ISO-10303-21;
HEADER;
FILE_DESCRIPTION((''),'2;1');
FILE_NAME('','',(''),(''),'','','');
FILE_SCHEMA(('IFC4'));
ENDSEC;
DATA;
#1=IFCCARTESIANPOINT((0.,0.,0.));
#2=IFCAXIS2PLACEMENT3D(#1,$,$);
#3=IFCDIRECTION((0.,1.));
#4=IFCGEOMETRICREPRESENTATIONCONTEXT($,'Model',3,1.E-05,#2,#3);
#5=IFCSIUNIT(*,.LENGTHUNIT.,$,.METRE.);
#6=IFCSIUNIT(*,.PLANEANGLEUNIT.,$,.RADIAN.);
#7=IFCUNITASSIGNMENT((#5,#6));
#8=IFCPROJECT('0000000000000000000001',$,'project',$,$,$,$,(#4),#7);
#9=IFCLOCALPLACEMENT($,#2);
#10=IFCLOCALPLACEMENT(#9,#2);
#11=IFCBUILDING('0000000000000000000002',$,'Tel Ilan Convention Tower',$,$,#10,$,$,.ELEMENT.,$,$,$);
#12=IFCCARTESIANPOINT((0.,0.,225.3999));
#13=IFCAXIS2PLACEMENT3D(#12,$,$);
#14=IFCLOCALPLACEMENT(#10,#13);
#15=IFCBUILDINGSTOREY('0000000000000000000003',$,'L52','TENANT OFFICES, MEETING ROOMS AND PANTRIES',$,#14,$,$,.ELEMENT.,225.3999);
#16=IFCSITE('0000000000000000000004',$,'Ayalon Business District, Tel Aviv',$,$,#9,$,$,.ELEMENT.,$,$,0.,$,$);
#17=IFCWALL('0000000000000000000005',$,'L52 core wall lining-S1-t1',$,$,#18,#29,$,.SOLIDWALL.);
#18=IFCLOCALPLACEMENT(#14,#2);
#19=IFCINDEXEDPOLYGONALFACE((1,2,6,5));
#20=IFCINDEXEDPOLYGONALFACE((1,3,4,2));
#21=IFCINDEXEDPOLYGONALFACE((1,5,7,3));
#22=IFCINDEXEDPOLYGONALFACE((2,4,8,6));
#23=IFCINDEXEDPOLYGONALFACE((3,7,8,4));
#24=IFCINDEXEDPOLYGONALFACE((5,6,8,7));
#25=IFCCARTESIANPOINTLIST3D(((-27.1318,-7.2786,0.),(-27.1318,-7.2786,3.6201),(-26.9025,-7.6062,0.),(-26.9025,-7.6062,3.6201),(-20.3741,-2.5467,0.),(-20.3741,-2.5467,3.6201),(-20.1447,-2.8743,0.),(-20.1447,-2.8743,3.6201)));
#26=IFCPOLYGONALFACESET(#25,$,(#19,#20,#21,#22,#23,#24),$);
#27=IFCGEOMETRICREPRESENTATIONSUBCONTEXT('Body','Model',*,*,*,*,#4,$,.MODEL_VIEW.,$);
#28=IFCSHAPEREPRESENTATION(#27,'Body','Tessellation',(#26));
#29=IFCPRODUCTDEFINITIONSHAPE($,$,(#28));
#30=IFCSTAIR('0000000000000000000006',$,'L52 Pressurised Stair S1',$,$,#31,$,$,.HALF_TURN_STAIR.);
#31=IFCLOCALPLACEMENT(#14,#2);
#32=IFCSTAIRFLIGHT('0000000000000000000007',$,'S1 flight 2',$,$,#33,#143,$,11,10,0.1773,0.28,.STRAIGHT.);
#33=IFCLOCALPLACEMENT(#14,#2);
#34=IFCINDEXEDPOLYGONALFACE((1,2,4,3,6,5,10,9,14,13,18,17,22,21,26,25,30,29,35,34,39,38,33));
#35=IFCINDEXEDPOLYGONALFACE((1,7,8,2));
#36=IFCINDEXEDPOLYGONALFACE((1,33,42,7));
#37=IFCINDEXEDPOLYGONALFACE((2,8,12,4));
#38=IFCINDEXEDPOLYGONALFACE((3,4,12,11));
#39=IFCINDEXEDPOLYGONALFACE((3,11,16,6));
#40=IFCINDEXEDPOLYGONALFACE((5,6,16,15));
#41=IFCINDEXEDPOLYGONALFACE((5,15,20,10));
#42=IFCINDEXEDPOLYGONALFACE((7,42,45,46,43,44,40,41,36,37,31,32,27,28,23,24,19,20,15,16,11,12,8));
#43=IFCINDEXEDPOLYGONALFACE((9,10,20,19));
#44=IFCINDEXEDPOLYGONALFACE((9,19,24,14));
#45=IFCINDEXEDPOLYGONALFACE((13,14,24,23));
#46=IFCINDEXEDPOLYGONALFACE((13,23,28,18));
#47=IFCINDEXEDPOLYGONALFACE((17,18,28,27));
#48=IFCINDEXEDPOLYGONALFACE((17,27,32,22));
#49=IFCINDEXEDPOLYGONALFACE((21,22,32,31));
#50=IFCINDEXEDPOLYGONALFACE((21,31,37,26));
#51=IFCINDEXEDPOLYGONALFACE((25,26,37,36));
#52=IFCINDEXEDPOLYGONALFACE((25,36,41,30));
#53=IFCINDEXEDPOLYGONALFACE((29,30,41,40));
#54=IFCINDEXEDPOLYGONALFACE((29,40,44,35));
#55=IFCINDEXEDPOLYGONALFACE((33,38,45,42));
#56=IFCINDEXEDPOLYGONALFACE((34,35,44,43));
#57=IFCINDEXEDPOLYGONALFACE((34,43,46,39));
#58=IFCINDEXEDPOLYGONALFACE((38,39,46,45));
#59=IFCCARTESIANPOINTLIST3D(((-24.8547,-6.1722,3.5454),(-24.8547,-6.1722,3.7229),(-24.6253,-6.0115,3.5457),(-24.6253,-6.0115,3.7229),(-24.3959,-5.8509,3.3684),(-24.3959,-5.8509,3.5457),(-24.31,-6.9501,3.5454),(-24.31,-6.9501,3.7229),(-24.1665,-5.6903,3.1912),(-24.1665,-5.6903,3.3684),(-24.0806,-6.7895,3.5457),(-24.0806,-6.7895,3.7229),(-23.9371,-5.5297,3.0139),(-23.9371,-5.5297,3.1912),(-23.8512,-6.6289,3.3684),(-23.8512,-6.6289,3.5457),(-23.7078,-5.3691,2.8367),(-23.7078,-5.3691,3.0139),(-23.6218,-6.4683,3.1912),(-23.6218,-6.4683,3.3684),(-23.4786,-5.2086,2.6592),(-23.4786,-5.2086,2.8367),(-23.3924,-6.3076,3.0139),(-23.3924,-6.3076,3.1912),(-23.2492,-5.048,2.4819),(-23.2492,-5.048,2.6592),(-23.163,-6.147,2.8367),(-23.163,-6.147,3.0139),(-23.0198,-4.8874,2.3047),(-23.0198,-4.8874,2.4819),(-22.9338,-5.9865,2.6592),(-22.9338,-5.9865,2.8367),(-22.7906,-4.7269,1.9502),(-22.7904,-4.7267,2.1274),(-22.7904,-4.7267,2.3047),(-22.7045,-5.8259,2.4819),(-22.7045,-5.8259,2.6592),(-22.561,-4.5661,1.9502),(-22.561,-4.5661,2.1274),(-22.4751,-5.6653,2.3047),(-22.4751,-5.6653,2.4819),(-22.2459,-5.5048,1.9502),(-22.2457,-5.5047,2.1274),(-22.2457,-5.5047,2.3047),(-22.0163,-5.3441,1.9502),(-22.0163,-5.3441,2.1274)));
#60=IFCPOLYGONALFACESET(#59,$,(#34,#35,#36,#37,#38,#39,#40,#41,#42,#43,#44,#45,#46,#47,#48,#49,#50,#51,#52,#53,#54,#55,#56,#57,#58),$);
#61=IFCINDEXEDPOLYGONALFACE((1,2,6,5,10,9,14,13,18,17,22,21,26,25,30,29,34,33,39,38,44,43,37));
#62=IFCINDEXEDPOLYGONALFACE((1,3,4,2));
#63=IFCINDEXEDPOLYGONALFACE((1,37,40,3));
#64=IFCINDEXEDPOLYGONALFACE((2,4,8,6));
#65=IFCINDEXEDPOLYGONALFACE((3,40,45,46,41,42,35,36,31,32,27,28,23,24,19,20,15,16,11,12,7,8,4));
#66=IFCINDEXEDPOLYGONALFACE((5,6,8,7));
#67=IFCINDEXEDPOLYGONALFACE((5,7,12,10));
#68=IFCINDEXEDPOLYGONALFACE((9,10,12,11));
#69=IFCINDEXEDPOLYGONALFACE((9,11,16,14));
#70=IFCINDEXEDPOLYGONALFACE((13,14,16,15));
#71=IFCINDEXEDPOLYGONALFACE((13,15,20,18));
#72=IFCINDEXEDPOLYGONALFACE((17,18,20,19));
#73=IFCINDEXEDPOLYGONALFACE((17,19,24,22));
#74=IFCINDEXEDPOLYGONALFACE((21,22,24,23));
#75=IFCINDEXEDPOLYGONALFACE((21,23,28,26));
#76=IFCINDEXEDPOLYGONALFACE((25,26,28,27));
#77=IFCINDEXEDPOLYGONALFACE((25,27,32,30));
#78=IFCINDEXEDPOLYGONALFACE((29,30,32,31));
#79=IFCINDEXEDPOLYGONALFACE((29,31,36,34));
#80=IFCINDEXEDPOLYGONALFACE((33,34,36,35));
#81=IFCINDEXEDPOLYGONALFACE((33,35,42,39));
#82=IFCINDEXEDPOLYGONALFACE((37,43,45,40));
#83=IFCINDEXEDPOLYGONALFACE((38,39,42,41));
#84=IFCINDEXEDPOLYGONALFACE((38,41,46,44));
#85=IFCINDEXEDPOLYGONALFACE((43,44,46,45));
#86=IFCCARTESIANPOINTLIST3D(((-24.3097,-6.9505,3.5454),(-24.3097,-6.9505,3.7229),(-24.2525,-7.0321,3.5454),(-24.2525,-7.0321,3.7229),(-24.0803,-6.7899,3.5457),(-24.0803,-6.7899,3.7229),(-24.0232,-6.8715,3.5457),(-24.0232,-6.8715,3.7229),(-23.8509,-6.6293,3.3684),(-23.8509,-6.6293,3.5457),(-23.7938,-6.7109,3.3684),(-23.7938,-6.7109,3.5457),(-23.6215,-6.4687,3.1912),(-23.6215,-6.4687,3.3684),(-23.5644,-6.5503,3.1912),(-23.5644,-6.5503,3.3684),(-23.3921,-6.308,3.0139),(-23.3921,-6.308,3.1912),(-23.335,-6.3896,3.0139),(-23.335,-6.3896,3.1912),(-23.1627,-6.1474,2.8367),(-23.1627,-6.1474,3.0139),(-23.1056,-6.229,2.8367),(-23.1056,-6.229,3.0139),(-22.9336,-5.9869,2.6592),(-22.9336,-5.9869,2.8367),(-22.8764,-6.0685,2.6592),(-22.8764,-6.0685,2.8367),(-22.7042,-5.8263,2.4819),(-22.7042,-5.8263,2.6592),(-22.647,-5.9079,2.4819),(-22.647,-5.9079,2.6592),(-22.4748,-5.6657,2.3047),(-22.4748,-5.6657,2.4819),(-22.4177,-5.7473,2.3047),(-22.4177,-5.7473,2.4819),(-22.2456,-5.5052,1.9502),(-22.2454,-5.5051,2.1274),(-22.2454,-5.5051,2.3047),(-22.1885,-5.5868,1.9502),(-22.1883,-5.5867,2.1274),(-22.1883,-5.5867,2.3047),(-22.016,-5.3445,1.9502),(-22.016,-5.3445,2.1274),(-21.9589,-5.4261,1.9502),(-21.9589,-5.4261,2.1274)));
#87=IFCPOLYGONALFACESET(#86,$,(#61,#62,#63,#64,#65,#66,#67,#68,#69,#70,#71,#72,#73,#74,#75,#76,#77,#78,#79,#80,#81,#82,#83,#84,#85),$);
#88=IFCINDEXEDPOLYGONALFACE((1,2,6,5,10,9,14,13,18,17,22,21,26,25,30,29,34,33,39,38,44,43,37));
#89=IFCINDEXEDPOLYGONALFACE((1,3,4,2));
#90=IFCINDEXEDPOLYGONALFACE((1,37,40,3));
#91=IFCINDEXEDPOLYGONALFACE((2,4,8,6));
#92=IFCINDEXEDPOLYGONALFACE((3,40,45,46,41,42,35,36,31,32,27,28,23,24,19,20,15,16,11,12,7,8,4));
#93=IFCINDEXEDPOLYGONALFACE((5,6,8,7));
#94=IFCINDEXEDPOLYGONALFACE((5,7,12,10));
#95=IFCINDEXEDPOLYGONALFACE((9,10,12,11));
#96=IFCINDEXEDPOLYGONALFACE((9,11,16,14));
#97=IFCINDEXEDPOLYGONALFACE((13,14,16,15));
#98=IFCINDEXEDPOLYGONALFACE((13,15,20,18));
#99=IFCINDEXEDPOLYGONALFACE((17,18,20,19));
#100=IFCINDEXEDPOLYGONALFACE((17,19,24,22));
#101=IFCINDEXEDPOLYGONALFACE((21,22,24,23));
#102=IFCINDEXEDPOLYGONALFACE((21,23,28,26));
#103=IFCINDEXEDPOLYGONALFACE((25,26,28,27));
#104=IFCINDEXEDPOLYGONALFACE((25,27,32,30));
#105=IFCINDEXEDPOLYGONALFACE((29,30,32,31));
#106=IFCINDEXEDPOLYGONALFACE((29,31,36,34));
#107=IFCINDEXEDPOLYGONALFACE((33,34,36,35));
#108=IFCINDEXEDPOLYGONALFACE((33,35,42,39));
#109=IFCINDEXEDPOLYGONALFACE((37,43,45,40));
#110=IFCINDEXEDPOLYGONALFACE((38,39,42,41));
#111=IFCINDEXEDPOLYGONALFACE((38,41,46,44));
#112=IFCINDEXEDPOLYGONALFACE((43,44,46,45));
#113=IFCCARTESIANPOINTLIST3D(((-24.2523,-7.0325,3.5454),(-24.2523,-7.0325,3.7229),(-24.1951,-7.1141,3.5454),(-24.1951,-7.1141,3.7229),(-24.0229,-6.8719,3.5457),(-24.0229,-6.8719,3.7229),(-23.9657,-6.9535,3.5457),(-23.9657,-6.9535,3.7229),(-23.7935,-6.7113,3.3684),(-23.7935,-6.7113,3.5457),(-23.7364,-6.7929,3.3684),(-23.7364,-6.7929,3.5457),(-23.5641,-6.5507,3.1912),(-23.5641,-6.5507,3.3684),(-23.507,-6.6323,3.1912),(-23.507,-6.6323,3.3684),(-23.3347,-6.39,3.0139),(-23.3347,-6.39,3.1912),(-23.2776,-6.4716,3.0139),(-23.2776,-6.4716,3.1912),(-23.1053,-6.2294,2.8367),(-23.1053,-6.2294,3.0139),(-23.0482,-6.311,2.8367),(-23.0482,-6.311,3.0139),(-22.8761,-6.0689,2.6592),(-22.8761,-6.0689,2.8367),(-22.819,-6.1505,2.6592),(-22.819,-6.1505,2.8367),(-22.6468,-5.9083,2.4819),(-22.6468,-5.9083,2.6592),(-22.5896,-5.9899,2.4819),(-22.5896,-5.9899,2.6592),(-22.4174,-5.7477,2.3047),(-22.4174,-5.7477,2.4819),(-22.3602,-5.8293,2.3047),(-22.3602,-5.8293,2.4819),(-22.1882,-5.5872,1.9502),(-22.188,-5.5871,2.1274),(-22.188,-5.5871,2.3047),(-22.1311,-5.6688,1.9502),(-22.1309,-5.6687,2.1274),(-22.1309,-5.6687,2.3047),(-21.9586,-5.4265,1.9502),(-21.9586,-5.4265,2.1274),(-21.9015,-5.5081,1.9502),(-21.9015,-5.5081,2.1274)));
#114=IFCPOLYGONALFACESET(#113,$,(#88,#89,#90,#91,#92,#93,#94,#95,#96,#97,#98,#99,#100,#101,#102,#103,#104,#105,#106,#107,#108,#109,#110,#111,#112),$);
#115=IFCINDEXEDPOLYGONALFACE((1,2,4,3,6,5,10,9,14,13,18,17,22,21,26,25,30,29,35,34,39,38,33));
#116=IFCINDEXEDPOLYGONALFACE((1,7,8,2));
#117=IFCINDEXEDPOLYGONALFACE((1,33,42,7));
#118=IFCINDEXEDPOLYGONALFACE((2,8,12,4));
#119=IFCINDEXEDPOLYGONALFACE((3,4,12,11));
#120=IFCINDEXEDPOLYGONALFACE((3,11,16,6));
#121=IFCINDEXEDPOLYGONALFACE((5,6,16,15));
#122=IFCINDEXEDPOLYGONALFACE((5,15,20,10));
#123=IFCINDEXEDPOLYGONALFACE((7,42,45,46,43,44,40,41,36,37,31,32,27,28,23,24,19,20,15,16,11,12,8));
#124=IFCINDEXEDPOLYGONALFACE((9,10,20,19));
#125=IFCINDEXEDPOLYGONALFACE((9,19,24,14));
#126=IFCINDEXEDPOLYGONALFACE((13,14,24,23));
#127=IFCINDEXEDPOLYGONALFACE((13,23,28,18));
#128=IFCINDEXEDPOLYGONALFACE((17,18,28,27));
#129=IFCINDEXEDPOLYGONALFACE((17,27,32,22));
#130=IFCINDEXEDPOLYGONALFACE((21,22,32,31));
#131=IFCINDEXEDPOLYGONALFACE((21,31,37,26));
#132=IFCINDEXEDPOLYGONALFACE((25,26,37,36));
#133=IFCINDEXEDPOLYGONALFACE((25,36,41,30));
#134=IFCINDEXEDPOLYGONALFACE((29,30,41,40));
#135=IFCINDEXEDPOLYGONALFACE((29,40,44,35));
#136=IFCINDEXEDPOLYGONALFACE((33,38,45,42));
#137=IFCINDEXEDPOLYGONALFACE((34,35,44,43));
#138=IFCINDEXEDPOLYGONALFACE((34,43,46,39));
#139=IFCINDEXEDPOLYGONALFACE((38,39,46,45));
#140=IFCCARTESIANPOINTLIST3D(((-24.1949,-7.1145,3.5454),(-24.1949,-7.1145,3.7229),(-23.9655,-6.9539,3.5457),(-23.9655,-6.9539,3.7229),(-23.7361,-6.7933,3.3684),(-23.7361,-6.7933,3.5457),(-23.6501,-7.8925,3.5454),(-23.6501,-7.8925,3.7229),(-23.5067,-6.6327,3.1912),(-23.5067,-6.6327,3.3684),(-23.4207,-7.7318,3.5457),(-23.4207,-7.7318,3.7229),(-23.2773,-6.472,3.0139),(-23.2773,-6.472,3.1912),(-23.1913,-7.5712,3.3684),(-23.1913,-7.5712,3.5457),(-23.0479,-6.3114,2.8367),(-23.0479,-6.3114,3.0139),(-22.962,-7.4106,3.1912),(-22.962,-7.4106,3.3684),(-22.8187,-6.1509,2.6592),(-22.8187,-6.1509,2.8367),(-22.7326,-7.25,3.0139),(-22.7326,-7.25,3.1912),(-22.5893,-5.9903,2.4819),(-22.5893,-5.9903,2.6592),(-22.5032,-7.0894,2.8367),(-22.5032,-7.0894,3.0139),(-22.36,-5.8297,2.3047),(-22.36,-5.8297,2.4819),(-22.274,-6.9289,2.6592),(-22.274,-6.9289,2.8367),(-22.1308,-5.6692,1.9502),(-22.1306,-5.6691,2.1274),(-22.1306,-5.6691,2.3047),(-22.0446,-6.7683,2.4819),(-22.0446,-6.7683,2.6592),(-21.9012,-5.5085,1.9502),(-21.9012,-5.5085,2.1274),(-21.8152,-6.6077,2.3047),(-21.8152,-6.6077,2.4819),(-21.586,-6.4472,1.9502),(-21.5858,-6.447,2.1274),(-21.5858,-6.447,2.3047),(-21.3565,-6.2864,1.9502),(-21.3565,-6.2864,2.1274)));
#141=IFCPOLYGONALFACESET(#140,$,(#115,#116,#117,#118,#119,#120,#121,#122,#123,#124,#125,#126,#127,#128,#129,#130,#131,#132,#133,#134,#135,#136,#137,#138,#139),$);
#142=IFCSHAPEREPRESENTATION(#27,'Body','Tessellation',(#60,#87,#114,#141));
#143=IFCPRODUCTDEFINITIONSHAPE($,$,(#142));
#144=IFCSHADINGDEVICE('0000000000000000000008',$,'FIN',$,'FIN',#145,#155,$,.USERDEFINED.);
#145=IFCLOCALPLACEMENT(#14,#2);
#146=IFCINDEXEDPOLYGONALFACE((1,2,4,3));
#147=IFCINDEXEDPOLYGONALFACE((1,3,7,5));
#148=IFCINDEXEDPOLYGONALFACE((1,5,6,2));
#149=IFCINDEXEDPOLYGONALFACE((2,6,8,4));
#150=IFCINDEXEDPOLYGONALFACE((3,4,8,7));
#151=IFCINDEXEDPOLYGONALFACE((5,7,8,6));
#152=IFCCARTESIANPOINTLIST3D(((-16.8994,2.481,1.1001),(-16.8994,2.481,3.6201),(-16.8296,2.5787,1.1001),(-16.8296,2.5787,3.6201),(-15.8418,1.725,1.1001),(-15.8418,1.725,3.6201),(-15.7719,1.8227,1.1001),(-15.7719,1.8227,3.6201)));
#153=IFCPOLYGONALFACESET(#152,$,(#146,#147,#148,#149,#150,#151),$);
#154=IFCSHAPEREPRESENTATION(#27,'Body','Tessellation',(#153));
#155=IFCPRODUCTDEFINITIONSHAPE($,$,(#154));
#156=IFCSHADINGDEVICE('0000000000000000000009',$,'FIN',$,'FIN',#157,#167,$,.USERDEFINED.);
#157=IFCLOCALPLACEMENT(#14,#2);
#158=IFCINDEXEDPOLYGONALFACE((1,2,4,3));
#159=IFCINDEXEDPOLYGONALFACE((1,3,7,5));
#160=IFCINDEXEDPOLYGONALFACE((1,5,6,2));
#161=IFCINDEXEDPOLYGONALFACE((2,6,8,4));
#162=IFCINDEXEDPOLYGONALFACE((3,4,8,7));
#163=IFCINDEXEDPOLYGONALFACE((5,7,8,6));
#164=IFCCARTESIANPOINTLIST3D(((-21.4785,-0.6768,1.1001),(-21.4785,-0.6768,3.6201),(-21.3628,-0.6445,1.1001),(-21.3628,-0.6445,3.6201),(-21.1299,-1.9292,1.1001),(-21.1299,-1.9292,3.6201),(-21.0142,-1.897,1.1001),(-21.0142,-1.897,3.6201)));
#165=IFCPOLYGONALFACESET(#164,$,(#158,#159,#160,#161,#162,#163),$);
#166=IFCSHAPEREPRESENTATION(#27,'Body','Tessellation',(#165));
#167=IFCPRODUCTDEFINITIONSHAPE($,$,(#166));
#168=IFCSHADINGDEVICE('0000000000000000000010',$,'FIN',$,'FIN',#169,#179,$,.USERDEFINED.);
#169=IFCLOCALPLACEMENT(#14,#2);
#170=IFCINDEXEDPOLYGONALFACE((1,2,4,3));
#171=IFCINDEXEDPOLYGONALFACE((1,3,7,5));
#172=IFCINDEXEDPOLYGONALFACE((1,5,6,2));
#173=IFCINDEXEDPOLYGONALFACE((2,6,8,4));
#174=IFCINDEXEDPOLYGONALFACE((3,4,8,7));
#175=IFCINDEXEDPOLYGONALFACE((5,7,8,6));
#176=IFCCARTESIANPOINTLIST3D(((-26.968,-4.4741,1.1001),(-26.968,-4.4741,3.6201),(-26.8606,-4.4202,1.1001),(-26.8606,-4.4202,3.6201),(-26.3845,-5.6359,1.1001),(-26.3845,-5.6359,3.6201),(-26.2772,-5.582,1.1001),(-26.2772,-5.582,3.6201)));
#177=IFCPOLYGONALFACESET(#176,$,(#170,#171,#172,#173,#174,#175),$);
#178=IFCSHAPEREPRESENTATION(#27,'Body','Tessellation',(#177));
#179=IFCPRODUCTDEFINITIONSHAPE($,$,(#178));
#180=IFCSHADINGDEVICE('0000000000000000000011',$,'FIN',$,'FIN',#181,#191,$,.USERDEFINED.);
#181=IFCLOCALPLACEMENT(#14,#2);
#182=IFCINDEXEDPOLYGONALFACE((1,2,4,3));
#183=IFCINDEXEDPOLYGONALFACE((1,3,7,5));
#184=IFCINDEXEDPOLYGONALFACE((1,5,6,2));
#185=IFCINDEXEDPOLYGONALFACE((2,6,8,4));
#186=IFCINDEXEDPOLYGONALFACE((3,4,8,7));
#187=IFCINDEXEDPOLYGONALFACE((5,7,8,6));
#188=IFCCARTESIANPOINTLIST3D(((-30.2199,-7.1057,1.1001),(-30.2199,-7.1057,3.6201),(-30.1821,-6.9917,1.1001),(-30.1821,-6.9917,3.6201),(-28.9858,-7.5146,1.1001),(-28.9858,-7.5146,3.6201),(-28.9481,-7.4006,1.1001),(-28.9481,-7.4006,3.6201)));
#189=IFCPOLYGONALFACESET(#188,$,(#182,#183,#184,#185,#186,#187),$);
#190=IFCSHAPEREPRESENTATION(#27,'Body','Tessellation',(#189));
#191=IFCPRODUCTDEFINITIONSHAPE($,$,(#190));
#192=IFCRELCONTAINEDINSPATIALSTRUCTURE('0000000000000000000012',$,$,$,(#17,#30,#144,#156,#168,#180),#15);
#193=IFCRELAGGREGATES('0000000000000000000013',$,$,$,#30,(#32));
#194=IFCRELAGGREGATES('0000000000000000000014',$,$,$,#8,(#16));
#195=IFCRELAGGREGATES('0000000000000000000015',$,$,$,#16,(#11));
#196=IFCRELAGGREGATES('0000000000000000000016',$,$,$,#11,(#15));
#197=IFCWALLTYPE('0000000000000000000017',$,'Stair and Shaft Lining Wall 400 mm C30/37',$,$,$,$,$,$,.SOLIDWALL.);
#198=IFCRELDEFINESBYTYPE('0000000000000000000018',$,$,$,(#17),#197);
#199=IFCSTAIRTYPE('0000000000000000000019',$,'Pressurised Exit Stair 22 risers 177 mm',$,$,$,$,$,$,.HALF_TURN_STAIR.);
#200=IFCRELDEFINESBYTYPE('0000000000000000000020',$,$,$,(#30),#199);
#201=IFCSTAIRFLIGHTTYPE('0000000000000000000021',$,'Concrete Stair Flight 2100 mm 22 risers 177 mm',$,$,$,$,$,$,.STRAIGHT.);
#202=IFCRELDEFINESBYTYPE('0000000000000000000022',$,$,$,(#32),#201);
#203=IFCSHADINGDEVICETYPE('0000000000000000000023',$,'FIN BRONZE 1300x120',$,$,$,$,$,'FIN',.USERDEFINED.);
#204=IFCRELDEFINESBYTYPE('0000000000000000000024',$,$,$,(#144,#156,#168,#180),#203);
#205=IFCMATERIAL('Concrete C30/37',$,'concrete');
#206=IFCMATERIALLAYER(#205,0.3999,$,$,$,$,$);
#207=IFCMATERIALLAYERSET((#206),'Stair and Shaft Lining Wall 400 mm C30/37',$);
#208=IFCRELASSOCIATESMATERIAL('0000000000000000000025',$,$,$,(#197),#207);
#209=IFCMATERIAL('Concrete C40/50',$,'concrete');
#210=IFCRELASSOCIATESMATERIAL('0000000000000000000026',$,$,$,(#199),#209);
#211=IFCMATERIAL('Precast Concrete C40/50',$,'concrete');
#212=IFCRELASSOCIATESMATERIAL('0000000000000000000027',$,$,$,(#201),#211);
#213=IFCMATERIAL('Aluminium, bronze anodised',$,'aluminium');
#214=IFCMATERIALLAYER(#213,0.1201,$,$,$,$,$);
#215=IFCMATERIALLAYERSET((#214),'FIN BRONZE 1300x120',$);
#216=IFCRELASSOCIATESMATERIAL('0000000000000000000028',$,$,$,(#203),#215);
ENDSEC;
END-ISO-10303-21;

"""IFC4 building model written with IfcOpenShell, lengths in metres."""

from ifc_helpers import new_model, si_unit, direction, frame, frame_2d, origin, origin_2d, place, context, subcontext, project, spatial, polyline, rectangle, outline, extrude, material, layer, layer_set, type_object, element, aggregate, save


model = new_model("IFC4")

# Units and contexts
model_context = context("Model", 3, precision=1e-05, world=origin(), true_north=direction((0.0, 1.0)))
body_context = subcontext(model_context, "Body", "Model", "MODEL_VIEW")
ifc_project = project(units=[si_unit("LENGTHUNIT", "METRE"), si_unit("PLANEANGLEUNIT", "RADIAN")], contexts=[model_context])

# Site, building, storey
site_placement = place(None, origin())
site = spatial("IfcSite", under=ifc_project, at=site_placement, Name="Ayalon Business District, Tel Aviv", CompositionType="ELEMENT", RefElevation=0.0)
building_placement = place(site_placement, origin())
building = spatial("IfcBuilding", under=site, at=building_placement, Name="Tel Ilan Convention Tower", CompositionType="ELEMENT")
storey_placement = place(building_placement, frame((0.0, 0.0, 225.3999)))
storey = spatial("IfcBuildingStorey", under=building, at=storey_placement, Name="L52", Description="TENANT OFFICES, MEETING ROOMS AND PANTRIES", CompositionType="ELEMENT", Elevation=225.3999)

# Wall
ifc_material_1 = material(Name="Concrete C30/37", Category="concrete")
ifc_layer_1 = layer(ifc_material_1, 0.3999)
ifc_layer_set_1 = layer_set([ifc_layer_1], Name="Stair and Shaft Lining Wall 400 mm C30/37")
wall_type_1 = type_object("IfcWallType", Name="Stair and Shaft Lining Wall 400 mm C30/37", PredefinedType="SOLIDWALL", material=ifc_layer_set_1)
wall_1_placement = place(storey_placement, frame((-20.2593, -2.7104, 0.0), z_axis=(0.0, 0.0, 1.0), x_axis=(-0.819148, -0.573582, 0.0)))
element("IfcWall", 1, at=wall_1_placement, inside=storey, type_object=wall_type_1, Name="L52 core wall lining-S1-t1", PredefinedType="SOLIDWALL", context=body_context, shape_type="SweptSolid", body=[
    extrude(rectangle(XDim=8.2498, YDim=0.3999, at=frame_2d((4.125, 0.0))), origin(), (0.0, 0.0, 1.0), 3.6201),
])

# Stair, stair flight
ifc_material_2 = material(Name="Concrete C40/50", Category="concrete")
stair_type = type_object("IfcStairType", Name="Pressurised Exit Stair 22 risers 177 mm", PredefinedType="HALF_TURN_STAIR", material=ifc_material_2)
stair_placement = place(storey_placement, origin())
stair = element("IfcStair", 2, at=stair_placement, inside=storey, type_object=stair_type, Name="L52 Pressurised Stair S1", PredefinedType="HALF_TURN_STAIR")
ifc_material_3 = material(Name="Precast Concrete C40/50", Category="concrete")
stair_flight_type = type_object("IfcStairFlightType", Name="Concrete Stair Flight 2100 mm 22 risers 177 mm", PredefinedType="STRAIGHT", material=ifc_material_3)
stair_flight_placement = place(storey_placement, frame((-21.9587, -5.4263, 1.9502), z_axis=(0.0, 0.0, 1.0), x_axis=(-0.819152, -0.573576, 0.0)))
stair_flight = element("IfcStairFlight", 3, at=stair_flight_placement, type_object=stair_flight_type, Name="S1 flight 2", NumberOfRisers=11, NumberOfTreads=10, PredefinedType="STRAIGHT", RiserHeight=0.1773, TreadLength=0.28, context=body_context, shape_type="SweptSolid", body=[
    extrude(outline(polyline([(0.0, 0.0), (0.0, 0.1772), (0.28, 0.1772), (0.28, 0.3545), (0.5601, 0.3545), (0.5601, 0.5317), (0.8401, 0.5317), (0.8401, 0.709), (1.1201, 0.709), (1.1201, 0.8865), (1.3999, 0.8865), (1.3999, 1.0637), (1.6799, 1.0637), (1.6799, 1.241), (1.96, 1.241), (1.96, 1.4182), (2.24, 1.4182), (2.24, 1.5955), (2.52, 1.5955), (2.52, 1.7727), (2.8, 1.7727), (2.8, 1.95), (2.8, 1.5952), (0.2803, 0.0), (0.0, 0.0)])), frame((0.0, -0.1003, 0.0), z_axis=(0.0, -1.0, 0.0), x_axis=(1.0, 0.0, 0.0)), (0.0, 0.0, 1.0), 0.9497),
    extrude(outline(polyline([(0.0, 0.0), (0.0, 0.1772), (0.28, 0.1772), (0.28, 0.3545), (0.5601, 0.3545), (0.5601, 0.5317), (0.8401, 0.5317), (0.8401, 0.709), (1.1201, 0.709), (1.1201, 0.8865), (1.3999, 0.8865), (1.3999, 1.0637), (1.6799, 1.0637), (1.6799, 1.241), (1.96, 1.241), (1.96, 1.4182), (2.24, 1.4182), (2.24, 1.5955), (2.52, 1.5955), (2.52, 1.7727), (2.8, 1.7727), (2.8, 1.95), (2.8, 1.5952), (0.2803, 0.0), (0.0, 0.0)])), frame((0.0, -0.0002, 0.0), z_axis=(0.0, -1.0, 0.0), x_axis=(1.0, 0.0, 0.0)), (0.0, 0.0, 1.0), 0.0996),
    extrude(outline(polyline([(0.0, 0.0), (0.0, 0.1772), (0.28, 0.1772), (0.28, 0.3545), (0.5601, 0.3545), (0.5601, 0.5317), (0.8401, 0.5317), (0.8401, 0.709), (1.1201, 0.709), (1.1201, 0.8865), (1.3999, 0.8865), (1.3999, 1.0637), (1.6799, 1.0637), (1.6799, 1.241), (1.96, 1.241), (1.96, 1.4182), (2.24, 1.4182), (2.24, 1.5955), (2.52, 1.5955), (2.52, 1.7727), (2.8, 1.7727), (2.8, 1.95), (2.8, 1.5952), (0.2803, 0.0), (0.0, 0.0)])), frame((0.0, 0.0999, 0.0), z_axis=(0.0, -1.0, 0.0), x_axis=(1.0, 0.0, 0.0)), (0.0, 0.0, 1.0), 0.0996),
    extrude(outline(polyline([(0.0, 0.0), (0.0, 0.1772), (0.28, 0.1772), (0.28, 0.3545), (0.5601, 0.3545), (0.5601, 0.5317), (0.8401, 0.5317), (0.8401, 0.709), (1.1201, 0.709), (1.1201, 0.8865), (1.3999, 0.8865), (1.3999, 1.0637), (1.6799, 1.0637), (1.6799, 1.241), (1.96, 1.241), (1.96, 1.4182), (2.24, 1.4182), (2.24, 1.5955), (2.52, 1.5955), (2.52, 1.7727), (2.8, 1.7727), (2.8, 1.95), (2.8, 1.5952), (0.2803, 0.0), (0.0, 0.0)])), frame((0.0, 1.05, 0.0), z_axis=(0.0, -1.0, 0.0), x_axis=(1.0, 0.0, 0.0)), (0.0, 0.0, 1.0), 0.9497),
])
aggregate(stair, [stair_flight])

# Shading devices
ifc_material_4 = material(Name="Aluminium, bronze anodised", Category="aluminium")
ifc_layer_2 = layer(ifc_material_4, 0.1201)
ifc_layer_set_2 = layer_set([ifc_layer_2], Name="FIN BRONZE 1300x120")
shading_device_type = type_object("IfcShadingDeviceType", Name="FIN BRONZE 1300x120", ElementType="FIN", PredefinedType="USERDEFINED", material=ifc_layer_set_2)
for number, where, z_axis, x_axis, name in (
    (4, (-16.3357, 2.1519, 1.1001), (0.0, 0.0, 1.0), (-0.813552, 0.581492, 0.0), "FIN"),
    (5, (-21.2463, -1.2869, 1.1001), (0.0, 0.0, 1.0), (-0.268173, 0.963371, 0.0), "FIN"),
    (6, (-26.6226, -5.0281, 1.1001), (0.0, 0.0, 1.0), (-0.448799, 0.893633, 0.0), "FIN"),
    (7, (-29.584, -7.2532, 1.1001), (0.0, 0.0, 1.0), (-0.949243, 0.314545, 0.0), "FIN"),
):
    element("IfcShadingDevice", number, at=place(storey_placement, frame(where, z_axis=z_axis, x_axis=x_axis)), inside=storey, type_object=shading_device_type, Name=name, ObjectType="FIN", PredefinedType="USERDEFINED", context=body_context, shape_type="SweptSolid", body=[
        extrude(rectangle(XDim=1.3, YDim=0.1201, at=origin_2d()), origin(), (0.0, 0.0, 1.0), 2.52),
    ])

save(model, "model.ifc")
